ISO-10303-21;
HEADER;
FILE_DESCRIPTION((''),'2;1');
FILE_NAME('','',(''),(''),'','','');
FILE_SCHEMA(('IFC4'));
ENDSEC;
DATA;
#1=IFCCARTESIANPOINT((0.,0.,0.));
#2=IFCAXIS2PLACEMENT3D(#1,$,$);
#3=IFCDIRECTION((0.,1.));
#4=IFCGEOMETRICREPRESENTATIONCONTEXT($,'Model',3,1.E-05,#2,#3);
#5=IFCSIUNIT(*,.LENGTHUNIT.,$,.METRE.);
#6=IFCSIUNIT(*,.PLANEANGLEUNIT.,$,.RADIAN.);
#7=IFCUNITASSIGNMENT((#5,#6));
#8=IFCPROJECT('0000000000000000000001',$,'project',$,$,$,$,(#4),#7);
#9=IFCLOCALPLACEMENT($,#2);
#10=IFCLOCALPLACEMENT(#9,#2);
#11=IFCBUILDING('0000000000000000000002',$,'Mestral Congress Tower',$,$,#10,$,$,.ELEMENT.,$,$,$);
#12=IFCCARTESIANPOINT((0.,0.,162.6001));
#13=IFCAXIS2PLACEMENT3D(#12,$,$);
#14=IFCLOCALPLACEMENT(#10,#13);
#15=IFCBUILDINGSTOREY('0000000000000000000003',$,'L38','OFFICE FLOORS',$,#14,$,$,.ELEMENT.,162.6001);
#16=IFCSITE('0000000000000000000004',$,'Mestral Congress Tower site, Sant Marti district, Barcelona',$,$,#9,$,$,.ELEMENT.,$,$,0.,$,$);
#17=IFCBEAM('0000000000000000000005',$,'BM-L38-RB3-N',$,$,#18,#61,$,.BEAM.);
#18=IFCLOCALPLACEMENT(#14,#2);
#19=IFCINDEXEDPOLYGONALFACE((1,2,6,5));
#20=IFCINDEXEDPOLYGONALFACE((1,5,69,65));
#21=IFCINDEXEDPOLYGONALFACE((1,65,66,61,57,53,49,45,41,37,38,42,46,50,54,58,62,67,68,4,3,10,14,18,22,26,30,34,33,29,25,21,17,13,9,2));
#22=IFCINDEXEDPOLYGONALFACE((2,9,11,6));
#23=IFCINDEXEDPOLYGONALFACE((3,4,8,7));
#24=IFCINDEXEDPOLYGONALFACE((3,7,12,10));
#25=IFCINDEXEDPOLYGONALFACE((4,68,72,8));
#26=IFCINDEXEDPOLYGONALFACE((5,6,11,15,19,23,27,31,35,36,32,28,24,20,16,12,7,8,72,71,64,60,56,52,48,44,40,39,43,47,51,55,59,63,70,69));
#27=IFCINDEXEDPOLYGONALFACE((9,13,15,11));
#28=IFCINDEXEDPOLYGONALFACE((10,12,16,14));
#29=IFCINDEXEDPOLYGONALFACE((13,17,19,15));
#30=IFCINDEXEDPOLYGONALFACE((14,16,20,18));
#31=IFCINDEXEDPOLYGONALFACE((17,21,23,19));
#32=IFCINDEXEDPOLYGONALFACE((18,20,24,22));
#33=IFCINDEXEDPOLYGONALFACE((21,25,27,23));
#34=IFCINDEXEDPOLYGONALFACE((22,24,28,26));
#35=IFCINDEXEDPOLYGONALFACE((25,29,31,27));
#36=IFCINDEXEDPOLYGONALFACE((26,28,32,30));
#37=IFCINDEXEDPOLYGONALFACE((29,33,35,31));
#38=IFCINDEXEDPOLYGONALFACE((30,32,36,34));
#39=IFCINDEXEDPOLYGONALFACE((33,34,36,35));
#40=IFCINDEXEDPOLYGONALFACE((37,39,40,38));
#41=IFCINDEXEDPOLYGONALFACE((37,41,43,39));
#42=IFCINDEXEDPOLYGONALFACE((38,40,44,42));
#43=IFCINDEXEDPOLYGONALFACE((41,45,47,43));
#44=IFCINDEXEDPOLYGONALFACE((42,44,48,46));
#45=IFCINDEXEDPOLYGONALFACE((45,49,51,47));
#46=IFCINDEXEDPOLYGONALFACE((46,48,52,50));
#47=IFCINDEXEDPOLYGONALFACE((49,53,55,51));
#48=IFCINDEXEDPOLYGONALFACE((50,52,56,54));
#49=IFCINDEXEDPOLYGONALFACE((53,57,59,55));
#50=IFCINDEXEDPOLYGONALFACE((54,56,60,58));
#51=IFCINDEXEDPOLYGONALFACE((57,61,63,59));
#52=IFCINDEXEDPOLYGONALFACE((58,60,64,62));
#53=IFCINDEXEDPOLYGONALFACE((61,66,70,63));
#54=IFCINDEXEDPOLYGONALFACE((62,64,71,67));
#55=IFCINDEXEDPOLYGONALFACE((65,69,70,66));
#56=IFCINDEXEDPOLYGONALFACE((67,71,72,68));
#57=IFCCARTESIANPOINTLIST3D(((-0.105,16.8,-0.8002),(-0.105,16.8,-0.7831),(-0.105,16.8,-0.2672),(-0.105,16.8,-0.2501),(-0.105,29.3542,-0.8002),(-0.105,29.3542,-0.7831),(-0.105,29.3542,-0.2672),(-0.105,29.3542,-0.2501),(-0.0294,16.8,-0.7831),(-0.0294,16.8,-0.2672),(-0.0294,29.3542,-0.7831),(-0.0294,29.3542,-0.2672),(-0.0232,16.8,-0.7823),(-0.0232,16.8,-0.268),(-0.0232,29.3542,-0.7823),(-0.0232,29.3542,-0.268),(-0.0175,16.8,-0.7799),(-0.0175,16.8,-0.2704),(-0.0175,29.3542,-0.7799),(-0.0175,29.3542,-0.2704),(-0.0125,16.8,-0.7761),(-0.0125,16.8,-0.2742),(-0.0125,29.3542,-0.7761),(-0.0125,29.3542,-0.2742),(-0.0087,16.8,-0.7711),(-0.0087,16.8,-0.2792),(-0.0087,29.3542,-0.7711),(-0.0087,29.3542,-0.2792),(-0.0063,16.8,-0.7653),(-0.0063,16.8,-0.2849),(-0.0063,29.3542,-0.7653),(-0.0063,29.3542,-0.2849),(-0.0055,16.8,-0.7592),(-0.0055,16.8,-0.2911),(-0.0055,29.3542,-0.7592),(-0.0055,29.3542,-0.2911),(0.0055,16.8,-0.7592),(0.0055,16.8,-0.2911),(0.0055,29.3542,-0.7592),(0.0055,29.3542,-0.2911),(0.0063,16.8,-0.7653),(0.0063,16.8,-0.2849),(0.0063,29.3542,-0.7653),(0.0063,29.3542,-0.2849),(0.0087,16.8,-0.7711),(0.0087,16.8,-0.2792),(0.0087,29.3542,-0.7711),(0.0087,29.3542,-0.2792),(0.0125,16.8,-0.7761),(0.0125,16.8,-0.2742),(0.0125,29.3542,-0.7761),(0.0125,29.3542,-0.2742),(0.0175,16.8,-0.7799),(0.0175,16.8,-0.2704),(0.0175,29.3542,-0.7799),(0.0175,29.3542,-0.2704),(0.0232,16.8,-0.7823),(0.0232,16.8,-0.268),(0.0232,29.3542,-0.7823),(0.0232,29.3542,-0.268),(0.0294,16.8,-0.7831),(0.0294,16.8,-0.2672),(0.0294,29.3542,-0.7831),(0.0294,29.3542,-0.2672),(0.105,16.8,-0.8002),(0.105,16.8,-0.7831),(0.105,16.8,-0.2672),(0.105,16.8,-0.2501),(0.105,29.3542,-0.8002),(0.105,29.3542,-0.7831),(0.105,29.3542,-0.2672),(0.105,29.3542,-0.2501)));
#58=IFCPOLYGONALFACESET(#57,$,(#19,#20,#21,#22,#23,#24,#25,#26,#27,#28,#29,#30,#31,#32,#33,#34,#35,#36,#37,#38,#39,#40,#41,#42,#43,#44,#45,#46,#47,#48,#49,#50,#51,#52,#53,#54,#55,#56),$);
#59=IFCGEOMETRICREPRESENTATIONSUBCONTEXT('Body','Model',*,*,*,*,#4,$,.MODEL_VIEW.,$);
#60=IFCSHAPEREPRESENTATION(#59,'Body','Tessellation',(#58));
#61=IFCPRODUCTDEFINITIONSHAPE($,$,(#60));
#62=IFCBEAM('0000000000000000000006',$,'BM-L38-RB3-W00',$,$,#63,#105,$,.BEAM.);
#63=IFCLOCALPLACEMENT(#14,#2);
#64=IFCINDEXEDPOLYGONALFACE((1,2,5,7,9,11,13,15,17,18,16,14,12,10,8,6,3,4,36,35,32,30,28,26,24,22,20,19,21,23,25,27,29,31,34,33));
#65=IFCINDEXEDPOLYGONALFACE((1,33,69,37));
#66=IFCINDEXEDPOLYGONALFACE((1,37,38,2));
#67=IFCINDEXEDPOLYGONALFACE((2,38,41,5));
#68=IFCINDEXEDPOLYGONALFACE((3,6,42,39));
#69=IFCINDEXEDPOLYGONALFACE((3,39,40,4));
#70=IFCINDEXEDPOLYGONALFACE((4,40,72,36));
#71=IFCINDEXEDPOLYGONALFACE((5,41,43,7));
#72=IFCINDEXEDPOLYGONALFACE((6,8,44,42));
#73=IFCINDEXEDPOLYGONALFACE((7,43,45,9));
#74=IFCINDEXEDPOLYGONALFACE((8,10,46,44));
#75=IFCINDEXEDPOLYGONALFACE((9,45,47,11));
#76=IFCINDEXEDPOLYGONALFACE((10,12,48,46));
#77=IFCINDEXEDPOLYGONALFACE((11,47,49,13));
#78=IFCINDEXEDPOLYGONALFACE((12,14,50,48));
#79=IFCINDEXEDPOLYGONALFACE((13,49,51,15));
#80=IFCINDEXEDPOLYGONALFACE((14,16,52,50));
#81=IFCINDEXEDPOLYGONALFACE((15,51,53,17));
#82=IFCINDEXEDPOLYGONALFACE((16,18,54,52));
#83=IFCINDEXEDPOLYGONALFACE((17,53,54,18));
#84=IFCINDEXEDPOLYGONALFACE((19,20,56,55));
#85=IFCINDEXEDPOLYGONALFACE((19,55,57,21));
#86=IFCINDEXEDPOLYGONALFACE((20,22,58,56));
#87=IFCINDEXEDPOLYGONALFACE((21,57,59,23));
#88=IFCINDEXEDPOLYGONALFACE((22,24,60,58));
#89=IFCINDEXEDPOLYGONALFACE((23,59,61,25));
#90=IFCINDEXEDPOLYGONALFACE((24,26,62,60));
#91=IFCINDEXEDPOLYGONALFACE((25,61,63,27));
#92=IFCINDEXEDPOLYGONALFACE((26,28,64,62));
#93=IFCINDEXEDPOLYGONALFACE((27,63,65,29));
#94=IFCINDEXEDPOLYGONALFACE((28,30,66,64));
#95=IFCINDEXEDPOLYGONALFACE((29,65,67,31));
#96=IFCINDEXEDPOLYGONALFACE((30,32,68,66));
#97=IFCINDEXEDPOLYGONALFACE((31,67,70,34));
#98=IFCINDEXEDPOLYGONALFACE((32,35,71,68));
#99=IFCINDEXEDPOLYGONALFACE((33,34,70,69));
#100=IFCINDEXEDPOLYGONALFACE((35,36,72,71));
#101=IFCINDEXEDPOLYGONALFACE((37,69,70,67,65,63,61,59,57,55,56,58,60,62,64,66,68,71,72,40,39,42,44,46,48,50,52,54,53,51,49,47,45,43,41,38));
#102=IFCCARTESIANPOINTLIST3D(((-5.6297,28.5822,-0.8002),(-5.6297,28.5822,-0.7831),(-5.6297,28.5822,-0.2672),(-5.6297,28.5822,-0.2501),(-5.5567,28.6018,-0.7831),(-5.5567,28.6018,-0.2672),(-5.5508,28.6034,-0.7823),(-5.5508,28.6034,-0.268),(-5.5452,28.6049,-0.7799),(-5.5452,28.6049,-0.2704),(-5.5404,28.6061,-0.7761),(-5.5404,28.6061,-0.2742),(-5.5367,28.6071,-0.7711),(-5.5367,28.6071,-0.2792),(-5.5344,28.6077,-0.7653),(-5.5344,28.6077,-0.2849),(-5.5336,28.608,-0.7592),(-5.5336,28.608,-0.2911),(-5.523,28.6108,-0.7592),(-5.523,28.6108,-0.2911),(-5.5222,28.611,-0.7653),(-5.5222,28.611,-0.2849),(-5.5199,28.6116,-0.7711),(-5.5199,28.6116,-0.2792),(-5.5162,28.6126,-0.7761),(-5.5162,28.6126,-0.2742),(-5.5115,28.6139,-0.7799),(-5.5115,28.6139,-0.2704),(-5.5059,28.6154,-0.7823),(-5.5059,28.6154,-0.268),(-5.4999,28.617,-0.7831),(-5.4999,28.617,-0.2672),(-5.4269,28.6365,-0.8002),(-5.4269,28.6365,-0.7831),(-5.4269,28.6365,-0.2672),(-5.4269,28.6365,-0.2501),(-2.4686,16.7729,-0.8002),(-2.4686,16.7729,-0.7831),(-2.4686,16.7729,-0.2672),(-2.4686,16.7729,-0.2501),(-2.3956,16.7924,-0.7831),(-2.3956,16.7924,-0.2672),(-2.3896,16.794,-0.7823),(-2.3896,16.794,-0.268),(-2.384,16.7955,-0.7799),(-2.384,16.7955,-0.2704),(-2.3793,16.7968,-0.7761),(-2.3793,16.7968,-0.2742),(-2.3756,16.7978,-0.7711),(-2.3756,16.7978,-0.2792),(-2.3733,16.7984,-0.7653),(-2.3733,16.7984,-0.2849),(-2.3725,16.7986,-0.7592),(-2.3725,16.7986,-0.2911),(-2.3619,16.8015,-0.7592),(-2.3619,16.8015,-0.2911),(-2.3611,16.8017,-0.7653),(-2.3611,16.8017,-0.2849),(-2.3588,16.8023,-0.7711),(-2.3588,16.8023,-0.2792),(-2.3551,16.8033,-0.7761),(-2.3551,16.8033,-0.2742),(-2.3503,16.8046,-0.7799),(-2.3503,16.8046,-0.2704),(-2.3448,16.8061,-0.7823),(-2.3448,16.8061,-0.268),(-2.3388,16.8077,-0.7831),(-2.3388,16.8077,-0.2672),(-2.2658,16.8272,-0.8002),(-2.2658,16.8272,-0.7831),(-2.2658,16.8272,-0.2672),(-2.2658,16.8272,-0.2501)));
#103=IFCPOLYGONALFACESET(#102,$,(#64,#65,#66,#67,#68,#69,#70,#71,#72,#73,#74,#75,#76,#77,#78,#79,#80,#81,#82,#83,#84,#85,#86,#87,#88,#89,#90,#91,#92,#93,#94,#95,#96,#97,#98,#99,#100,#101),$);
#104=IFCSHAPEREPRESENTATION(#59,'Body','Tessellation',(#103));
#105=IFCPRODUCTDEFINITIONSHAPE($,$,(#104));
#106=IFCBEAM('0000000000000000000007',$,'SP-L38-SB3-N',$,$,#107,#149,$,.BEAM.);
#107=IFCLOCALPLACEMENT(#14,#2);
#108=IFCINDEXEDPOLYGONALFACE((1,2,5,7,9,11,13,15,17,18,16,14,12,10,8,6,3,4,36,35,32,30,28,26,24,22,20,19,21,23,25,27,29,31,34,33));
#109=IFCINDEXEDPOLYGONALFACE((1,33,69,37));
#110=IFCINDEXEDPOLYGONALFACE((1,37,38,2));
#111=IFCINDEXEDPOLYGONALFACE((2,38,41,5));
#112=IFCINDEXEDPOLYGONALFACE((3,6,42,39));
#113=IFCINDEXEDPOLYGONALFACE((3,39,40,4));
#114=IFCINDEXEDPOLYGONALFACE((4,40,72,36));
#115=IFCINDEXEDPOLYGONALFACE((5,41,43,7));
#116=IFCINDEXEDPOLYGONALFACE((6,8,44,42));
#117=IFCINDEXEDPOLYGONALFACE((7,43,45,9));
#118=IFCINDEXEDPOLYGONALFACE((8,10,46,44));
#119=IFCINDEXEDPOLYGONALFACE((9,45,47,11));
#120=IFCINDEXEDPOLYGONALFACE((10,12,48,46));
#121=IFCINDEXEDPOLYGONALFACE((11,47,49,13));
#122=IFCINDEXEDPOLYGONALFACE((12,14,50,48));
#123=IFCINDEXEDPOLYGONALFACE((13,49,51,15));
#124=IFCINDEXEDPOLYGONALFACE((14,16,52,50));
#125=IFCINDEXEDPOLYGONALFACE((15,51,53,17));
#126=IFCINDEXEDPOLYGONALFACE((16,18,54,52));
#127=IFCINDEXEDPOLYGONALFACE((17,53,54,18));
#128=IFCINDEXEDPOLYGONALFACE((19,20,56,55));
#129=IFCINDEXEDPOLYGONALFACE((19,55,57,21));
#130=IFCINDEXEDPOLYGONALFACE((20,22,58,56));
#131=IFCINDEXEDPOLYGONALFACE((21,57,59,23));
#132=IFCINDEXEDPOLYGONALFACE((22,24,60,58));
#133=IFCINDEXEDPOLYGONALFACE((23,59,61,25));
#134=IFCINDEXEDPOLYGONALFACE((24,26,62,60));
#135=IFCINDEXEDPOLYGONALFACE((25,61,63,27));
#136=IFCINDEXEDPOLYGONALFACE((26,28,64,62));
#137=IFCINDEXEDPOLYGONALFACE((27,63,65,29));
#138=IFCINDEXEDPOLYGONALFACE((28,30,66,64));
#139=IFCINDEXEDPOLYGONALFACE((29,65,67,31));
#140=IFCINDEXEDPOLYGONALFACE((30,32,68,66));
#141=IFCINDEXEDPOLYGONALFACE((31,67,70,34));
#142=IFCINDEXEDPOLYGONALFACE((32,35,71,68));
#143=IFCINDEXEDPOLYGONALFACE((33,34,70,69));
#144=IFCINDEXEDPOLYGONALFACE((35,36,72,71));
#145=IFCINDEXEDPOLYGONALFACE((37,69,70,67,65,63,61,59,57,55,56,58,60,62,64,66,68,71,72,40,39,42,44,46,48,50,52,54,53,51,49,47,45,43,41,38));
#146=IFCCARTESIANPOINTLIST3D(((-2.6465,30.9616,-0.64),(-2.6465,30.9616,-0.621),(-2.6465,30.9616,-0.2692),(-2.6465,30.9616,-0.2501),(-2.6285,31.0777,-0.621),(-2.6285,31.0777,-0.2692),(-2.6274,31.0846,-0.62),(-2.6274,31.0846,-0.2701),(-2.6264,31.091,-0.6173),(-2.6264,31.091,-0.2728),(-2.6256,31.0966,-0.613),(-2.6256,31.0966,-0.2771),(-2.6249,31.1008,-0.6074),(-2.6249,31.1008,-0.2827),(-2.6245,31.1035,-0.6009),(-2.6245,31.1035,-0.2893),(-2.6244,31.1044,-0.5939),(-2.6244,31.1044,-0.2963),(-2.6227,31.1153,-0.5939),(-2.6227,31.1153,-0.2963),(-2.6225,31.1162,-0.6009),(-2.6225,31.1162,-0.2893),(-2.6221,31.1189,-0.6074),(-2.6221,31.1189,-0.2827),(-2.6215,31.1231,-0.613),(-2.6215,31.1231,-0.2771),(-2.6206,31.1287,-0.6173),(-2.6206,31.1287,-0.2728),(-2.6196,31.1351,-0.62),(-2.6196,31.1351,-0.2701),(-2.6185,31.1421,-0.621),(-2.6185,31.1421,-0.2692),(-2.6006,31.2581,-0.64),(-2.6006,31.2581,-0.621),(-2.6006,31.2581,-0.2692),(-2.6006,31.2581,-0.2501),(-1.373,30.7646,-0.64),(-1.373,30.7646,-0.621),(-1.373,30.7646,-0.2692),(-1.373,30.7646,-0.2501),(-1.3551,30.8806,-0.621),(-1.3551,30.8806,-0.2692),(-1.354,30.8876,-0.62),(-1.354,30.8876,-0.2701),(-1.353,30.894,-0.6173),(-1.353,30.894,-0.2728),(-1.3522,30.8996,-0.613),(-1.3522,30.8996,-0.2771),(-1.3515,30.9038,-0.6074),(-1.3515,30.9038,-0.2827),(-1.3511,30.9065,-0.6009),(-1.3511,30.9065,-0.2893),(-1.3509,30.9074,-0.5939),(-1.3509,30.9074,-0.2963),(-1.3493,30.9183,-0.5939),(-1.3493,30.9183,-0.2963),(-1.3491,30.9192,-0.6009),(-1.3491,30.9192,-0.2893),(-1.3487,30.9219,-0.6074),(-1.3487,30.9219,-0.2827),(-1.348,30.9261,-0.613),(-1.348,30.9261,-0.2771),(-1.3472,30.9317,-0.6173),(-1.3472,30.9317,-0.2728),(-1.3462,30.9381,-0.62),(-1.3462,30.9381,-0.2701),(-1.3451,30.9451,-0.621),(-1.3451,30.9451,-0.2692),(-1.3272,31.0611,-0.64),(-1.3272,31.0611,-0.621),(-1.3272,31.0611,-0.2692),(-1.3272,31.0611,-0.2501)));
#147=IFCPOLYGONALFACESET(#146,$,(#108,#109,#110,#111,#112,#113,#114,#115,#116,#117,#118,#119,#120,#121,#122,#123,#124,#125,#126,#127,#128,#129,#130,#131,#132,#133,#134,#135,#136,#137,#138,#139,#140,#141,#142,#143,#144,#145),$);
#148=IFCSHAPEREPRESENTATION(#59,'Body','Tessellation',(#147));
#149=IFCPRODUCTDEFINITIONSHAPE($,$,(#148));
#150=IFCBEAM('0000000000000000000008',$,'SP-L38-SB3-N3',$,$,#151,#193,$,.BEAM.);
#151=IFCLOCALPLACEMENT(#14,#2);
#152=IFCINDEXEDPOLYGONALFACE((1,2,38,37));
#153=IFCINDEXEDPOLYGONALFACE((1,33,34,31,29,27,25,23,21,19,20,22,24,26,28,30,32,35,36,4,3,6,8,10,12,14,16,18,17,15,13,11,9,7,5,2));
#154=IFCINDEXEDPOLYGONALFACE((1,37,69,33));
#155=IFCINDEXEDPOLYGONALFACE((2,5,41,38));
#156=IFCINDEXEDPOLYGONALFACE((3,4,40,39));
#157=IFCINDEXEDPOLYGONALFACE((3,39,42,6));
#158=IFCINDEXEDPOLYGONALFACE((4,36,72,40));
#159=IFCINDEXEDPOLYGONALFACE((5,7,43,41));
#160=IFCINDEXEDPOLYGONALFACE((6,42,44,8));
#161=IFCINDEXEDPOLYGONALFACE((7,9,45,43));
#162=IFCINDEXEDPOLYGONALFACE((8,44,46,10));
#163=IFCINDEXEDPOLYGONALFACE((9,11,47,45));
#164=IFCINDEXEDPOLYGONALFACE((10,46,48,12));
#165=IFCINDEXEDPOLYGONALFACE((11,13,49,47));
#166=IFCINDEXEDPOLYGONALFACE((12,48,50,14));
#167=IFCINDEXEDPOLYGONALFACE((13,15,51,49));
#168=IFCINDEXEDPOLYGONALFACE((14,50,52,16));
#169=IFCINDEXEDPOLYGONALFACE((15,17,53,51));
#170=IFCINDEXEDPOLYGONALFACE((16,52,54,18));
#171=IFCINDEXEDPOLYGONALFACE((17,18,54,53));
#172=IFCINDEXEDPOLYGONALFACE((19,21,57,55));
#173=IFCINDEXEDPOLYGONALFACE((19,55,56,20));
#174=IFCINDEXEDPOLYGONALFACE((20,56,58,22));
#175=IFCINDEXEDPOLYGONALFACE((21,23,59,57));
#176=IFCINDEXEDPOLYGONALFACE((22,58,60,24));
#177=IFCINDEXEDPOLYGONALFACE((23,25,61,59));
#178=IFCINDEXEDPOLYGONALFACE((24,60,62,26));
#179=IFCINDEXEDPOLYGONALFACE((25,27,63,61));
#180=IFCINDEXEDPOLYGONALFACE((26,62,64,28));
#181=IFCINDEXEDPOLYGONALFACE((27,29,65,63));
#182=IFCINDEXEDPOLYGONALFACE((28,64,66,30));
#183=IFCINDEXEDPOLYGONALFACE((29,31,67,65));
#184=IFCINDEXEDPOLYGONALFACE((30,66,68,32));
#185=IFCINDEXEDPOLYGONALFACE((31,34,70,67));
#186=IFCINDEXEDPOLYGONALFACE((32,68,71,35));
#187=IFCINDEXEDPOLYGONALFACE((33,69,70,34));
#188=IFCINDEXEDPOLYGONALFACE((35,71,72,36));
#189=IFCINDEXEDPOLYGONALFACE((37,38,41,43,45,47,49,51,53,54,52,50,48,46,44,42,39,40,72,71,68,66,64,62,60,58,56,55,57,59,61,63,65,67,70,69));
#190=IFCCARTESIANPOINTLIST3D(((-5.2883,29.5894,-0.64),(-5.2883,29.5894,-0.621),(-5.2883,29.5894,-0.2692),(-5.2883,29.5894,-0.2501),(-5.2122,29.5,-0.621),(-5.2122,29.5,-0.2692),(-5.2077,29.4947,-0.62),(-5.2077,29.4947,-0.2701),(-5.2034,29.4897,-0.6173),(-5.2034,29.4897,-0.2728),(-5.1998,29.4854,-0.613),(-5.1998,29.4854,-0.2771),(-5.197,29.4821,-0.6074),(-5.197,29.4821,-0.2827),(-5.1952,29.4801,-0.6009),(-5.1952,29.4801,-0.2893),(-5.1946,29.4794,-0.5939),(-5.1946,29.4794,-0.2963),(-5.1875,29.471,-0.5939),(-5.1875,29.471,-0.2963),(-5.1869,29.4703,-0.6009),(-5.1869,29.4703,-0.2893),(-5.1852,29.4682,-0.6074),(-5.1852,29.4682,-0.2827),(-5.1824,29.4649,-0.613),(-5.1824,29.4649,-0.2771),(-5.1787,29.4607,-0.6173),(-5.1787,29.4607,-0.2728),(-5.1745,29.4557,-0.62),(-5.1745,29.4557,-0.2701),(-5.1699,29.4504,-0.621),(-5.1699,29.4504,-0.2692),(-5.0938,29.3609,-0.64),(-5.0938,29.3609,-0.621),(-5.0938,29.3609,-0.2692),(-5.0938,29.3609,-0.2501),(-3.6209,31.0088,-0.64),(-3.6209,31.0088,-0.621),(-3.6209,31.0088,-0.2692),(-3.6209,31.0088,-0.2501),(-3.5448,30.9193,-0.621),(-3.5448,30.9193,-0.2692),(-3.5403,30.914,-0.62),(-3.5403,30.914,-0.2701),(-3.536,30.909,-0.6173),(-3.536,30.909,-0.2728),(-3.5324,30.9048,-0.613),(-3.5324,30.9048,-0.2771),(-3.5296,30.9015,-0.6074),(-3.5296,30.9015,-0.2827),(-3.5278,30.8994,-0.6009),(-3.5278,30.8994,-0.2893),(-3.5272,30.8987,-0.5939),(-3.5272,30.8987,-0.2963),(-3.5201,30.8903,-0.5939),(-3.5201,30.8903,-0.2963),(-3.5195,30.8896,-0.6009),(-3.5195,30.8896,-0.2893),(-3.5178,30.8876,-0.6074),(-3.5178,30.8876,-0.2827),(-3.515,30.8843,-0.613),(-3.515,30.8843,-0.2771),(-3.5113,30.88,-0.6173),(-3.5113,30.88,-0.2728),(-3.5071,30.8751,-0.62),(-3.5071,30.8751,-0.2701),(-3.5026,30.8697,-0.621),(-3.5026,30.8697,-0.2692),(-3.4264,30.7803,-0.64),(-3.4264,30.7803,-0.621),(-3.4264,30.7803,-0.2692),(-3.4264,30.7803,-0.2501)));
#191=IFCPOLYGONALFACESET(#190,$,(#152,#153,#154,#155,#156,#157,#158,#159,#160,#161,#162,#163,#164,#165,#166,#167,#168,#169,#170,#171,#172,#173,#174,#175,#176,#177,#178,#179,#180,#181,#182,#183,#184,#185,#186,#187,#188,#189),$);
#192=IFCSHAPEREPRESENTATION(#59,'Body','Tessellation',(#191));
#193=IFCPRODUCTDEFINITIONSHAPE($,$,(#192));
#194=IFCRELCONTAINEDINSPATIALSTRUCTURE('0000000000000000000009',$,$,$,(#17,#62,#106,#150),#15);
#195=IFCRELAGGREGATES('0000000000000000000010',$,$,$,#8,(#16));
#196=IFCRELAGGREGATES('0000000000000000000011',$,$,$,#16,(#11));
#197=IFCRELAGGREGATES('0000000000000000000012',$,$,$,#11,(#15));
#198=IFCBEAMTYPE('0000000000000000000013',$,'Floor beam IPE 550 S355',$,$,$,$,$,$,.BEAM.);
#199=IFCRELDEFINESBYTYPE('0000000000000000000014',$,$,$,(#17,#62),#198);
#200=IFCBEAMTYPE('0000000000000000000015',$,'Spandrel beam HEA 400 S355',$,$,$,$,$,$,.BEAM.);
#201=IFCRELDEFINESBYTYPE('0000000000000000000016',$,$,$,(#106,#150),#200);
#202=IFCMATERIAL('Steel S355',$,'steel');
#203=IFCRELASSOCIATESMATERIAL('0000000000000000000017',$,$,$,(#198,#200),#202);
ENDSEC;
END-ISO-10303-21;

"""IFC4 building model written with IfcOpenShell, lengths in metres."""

from ifc_helpers import new_model, si_unit, direction, frame, origin, origin_2d, place, context, subcontext, project, spatial, i_section, extrude, material, material_profile, profile_set, type_object, element, save


model = new_model("IFC4")

# Units and contexts
model_context = context("Model", 3, precision=1e-05, world=origin(), true_north=direction((0.0, 1.0)))
body_context = subcontext(model_context, "Body", "Model", "MODEL_VIEW")
ifc_project = project(units=[si_unit("LENGTHUNIT", "METRE"), si_unit("PLANEANGLEUNIT", "RADIAN")], contexts=[model_context])

# Site, building, storey
site_placement = place(None, origin())
site = spatial("IfcSite", under=ifc_project, at=site_placement, Name="Mestral Congress Tower site, Sant Marti district, Barcelona", CompositionType="ELEMENT", RefElevation=0.0)
building_placement = place(site_placement, origin())
building = spatial("IfcBuilding", under=site, at=building_placement, Name="Mestral Congress Tower", CompositionType="ELEMENT")
storey_placement = place(building_placement, frame((0.0, 0.0, 162.6001)))
storey = spatial("IfcBuildingStorey", under=building, at=storey_placement, Name="L38", Description="OFFICE FLOORS", CompositionType="ELEMENT", Elevation=162.6001)

# Beams
ifc_material_1 = material(Name="Steel S355", Category="steel")
ifc_material_profile_1 = material_profile(ifc_material_1, i_section(OverallWidth=0.21, OverallDepth=0.55, WebThickness=0.011, FlangeThickness=0.0171, FilletRadius=0.0239, at=origin_2d()), Name="IPE 550")
ifc_profile_set_1 = profile_set([ifc_material_profile_1], Name="Steel S355")
beam_type_1 = type_object("IfcBeamType", Name="Floor beam IPE 550 S355", PredefinedType="BEAM", material=ifc_profile_set_1)
beam_1_placement = place(storey_placement, frame((0.0, 29.3542, -0.5251), z_axis=(0.0, -1.0, 0.0), x_axis=(1.0, 0.0, 0.0)))
element("IfcBeam", 1, at=beam_1_placement, inside=storey, type_object=beam_type_1, Name="BM-L38-RB3-N", PredefinedType="BEAM", context=body_context, shape_type="SweptSolid", body=[
    extrude(i_section(OverallWidth=0.21, OverallDepth=0.55, WebThickness=0.011, FlangeThickness=0.0171, FilletRadius=0.0239, at=origin_2d()), origin(), (0.0, 0.0, 1.0), 12.5542),
])
beam_2_placement = place(storey_placement, frame((-5.5283, 28.6094, -0.5251), z_axis=(0.258577, -0.965991, 0.0), x_axis=(0.965991, 0.258577, 0.0)))
element("IfcBeam", 2, at=beam_2_placement, inside=storey, type_object=beam_type_1, Name="BM-L38-RB3-W00", PredefinedType="BEAM", context=body_context, shape_type="SweptSolid", body=[
    extrude(i_section(OverallWidth=0.21, OverallDepth=0.55, WebThickness=0.011, FlangeThickness=0.0171, FilletRadius=0.0239, at=origin_2d()), origin(), (0.0, 0.0, 1.0), 12.2251),
])
ifc_material_profile_2 = material_profile(ifc_material_1, i_section(OverallWidth=0.3, OverallDepth=0.3899, WebThickness=0.011, FlangeThickness=0.019, FilletRadius=0.0271, at=origin_2d()), Name="HEA 400")
ifc_profile_set_2 = profile_set([ifc_material_profile_2], Name="Steel S355")
beam_type_2 = type_object("IfcBeamType", Name="Spandrel beam HEA 400 S355", PredefinedType="BEAM", material=ifc_profile_set_2)
beam_3_placement = place(storey_placement, frame((-1.3501, 30.9128, -0.4451), z_axis=(-0.988242, 0.152897, 0.0), x_axis=(-0.152897, -0.988242, 0.0)))
element("IfcBeam", 3, at=beam_3_placement, inside=storey, type_object=beam_type_2, Name="SP-L38-SB3-N", PredefinedType="BEAM", context=body_context, shape_type="SweptSolid", body=[
    extrude(i_section(OverallWidth=0.3, OverallDepth=0.3899, WebThickness=0.011, FlangeThickness=0.019, FilletRadius=0.0271, at=origin_2d()), origin(), (0.0, 0.0, 1.0), 1.2886),
])
beam_4_placement = place(storey_placement, frame((-3.5237, 30.8945, -0.4451), z_axis=(-0.761471, -0.648198, 0.0), x_axis=(0.648198, -0.761471, 0.0)))
element("IfcBeam", 4, at=beam_4_placement, inside=storey, type_object=beam_type_2, Name="SP-L38-SB3-N3", PredefinedType="BEAM", context=body_context, shape_type="SweptSolid", body=[
    extrude(i_section(OverallWidth=0.3, OverallDepth=0.3899, WebThickness=0.011, FlangeThickness=0.019, FilletRadius=0.0271, at=origin_2d()), origin(), (0.0, 0.0, 1.0), 2.1897),
])

save(model, "model.ifc")
